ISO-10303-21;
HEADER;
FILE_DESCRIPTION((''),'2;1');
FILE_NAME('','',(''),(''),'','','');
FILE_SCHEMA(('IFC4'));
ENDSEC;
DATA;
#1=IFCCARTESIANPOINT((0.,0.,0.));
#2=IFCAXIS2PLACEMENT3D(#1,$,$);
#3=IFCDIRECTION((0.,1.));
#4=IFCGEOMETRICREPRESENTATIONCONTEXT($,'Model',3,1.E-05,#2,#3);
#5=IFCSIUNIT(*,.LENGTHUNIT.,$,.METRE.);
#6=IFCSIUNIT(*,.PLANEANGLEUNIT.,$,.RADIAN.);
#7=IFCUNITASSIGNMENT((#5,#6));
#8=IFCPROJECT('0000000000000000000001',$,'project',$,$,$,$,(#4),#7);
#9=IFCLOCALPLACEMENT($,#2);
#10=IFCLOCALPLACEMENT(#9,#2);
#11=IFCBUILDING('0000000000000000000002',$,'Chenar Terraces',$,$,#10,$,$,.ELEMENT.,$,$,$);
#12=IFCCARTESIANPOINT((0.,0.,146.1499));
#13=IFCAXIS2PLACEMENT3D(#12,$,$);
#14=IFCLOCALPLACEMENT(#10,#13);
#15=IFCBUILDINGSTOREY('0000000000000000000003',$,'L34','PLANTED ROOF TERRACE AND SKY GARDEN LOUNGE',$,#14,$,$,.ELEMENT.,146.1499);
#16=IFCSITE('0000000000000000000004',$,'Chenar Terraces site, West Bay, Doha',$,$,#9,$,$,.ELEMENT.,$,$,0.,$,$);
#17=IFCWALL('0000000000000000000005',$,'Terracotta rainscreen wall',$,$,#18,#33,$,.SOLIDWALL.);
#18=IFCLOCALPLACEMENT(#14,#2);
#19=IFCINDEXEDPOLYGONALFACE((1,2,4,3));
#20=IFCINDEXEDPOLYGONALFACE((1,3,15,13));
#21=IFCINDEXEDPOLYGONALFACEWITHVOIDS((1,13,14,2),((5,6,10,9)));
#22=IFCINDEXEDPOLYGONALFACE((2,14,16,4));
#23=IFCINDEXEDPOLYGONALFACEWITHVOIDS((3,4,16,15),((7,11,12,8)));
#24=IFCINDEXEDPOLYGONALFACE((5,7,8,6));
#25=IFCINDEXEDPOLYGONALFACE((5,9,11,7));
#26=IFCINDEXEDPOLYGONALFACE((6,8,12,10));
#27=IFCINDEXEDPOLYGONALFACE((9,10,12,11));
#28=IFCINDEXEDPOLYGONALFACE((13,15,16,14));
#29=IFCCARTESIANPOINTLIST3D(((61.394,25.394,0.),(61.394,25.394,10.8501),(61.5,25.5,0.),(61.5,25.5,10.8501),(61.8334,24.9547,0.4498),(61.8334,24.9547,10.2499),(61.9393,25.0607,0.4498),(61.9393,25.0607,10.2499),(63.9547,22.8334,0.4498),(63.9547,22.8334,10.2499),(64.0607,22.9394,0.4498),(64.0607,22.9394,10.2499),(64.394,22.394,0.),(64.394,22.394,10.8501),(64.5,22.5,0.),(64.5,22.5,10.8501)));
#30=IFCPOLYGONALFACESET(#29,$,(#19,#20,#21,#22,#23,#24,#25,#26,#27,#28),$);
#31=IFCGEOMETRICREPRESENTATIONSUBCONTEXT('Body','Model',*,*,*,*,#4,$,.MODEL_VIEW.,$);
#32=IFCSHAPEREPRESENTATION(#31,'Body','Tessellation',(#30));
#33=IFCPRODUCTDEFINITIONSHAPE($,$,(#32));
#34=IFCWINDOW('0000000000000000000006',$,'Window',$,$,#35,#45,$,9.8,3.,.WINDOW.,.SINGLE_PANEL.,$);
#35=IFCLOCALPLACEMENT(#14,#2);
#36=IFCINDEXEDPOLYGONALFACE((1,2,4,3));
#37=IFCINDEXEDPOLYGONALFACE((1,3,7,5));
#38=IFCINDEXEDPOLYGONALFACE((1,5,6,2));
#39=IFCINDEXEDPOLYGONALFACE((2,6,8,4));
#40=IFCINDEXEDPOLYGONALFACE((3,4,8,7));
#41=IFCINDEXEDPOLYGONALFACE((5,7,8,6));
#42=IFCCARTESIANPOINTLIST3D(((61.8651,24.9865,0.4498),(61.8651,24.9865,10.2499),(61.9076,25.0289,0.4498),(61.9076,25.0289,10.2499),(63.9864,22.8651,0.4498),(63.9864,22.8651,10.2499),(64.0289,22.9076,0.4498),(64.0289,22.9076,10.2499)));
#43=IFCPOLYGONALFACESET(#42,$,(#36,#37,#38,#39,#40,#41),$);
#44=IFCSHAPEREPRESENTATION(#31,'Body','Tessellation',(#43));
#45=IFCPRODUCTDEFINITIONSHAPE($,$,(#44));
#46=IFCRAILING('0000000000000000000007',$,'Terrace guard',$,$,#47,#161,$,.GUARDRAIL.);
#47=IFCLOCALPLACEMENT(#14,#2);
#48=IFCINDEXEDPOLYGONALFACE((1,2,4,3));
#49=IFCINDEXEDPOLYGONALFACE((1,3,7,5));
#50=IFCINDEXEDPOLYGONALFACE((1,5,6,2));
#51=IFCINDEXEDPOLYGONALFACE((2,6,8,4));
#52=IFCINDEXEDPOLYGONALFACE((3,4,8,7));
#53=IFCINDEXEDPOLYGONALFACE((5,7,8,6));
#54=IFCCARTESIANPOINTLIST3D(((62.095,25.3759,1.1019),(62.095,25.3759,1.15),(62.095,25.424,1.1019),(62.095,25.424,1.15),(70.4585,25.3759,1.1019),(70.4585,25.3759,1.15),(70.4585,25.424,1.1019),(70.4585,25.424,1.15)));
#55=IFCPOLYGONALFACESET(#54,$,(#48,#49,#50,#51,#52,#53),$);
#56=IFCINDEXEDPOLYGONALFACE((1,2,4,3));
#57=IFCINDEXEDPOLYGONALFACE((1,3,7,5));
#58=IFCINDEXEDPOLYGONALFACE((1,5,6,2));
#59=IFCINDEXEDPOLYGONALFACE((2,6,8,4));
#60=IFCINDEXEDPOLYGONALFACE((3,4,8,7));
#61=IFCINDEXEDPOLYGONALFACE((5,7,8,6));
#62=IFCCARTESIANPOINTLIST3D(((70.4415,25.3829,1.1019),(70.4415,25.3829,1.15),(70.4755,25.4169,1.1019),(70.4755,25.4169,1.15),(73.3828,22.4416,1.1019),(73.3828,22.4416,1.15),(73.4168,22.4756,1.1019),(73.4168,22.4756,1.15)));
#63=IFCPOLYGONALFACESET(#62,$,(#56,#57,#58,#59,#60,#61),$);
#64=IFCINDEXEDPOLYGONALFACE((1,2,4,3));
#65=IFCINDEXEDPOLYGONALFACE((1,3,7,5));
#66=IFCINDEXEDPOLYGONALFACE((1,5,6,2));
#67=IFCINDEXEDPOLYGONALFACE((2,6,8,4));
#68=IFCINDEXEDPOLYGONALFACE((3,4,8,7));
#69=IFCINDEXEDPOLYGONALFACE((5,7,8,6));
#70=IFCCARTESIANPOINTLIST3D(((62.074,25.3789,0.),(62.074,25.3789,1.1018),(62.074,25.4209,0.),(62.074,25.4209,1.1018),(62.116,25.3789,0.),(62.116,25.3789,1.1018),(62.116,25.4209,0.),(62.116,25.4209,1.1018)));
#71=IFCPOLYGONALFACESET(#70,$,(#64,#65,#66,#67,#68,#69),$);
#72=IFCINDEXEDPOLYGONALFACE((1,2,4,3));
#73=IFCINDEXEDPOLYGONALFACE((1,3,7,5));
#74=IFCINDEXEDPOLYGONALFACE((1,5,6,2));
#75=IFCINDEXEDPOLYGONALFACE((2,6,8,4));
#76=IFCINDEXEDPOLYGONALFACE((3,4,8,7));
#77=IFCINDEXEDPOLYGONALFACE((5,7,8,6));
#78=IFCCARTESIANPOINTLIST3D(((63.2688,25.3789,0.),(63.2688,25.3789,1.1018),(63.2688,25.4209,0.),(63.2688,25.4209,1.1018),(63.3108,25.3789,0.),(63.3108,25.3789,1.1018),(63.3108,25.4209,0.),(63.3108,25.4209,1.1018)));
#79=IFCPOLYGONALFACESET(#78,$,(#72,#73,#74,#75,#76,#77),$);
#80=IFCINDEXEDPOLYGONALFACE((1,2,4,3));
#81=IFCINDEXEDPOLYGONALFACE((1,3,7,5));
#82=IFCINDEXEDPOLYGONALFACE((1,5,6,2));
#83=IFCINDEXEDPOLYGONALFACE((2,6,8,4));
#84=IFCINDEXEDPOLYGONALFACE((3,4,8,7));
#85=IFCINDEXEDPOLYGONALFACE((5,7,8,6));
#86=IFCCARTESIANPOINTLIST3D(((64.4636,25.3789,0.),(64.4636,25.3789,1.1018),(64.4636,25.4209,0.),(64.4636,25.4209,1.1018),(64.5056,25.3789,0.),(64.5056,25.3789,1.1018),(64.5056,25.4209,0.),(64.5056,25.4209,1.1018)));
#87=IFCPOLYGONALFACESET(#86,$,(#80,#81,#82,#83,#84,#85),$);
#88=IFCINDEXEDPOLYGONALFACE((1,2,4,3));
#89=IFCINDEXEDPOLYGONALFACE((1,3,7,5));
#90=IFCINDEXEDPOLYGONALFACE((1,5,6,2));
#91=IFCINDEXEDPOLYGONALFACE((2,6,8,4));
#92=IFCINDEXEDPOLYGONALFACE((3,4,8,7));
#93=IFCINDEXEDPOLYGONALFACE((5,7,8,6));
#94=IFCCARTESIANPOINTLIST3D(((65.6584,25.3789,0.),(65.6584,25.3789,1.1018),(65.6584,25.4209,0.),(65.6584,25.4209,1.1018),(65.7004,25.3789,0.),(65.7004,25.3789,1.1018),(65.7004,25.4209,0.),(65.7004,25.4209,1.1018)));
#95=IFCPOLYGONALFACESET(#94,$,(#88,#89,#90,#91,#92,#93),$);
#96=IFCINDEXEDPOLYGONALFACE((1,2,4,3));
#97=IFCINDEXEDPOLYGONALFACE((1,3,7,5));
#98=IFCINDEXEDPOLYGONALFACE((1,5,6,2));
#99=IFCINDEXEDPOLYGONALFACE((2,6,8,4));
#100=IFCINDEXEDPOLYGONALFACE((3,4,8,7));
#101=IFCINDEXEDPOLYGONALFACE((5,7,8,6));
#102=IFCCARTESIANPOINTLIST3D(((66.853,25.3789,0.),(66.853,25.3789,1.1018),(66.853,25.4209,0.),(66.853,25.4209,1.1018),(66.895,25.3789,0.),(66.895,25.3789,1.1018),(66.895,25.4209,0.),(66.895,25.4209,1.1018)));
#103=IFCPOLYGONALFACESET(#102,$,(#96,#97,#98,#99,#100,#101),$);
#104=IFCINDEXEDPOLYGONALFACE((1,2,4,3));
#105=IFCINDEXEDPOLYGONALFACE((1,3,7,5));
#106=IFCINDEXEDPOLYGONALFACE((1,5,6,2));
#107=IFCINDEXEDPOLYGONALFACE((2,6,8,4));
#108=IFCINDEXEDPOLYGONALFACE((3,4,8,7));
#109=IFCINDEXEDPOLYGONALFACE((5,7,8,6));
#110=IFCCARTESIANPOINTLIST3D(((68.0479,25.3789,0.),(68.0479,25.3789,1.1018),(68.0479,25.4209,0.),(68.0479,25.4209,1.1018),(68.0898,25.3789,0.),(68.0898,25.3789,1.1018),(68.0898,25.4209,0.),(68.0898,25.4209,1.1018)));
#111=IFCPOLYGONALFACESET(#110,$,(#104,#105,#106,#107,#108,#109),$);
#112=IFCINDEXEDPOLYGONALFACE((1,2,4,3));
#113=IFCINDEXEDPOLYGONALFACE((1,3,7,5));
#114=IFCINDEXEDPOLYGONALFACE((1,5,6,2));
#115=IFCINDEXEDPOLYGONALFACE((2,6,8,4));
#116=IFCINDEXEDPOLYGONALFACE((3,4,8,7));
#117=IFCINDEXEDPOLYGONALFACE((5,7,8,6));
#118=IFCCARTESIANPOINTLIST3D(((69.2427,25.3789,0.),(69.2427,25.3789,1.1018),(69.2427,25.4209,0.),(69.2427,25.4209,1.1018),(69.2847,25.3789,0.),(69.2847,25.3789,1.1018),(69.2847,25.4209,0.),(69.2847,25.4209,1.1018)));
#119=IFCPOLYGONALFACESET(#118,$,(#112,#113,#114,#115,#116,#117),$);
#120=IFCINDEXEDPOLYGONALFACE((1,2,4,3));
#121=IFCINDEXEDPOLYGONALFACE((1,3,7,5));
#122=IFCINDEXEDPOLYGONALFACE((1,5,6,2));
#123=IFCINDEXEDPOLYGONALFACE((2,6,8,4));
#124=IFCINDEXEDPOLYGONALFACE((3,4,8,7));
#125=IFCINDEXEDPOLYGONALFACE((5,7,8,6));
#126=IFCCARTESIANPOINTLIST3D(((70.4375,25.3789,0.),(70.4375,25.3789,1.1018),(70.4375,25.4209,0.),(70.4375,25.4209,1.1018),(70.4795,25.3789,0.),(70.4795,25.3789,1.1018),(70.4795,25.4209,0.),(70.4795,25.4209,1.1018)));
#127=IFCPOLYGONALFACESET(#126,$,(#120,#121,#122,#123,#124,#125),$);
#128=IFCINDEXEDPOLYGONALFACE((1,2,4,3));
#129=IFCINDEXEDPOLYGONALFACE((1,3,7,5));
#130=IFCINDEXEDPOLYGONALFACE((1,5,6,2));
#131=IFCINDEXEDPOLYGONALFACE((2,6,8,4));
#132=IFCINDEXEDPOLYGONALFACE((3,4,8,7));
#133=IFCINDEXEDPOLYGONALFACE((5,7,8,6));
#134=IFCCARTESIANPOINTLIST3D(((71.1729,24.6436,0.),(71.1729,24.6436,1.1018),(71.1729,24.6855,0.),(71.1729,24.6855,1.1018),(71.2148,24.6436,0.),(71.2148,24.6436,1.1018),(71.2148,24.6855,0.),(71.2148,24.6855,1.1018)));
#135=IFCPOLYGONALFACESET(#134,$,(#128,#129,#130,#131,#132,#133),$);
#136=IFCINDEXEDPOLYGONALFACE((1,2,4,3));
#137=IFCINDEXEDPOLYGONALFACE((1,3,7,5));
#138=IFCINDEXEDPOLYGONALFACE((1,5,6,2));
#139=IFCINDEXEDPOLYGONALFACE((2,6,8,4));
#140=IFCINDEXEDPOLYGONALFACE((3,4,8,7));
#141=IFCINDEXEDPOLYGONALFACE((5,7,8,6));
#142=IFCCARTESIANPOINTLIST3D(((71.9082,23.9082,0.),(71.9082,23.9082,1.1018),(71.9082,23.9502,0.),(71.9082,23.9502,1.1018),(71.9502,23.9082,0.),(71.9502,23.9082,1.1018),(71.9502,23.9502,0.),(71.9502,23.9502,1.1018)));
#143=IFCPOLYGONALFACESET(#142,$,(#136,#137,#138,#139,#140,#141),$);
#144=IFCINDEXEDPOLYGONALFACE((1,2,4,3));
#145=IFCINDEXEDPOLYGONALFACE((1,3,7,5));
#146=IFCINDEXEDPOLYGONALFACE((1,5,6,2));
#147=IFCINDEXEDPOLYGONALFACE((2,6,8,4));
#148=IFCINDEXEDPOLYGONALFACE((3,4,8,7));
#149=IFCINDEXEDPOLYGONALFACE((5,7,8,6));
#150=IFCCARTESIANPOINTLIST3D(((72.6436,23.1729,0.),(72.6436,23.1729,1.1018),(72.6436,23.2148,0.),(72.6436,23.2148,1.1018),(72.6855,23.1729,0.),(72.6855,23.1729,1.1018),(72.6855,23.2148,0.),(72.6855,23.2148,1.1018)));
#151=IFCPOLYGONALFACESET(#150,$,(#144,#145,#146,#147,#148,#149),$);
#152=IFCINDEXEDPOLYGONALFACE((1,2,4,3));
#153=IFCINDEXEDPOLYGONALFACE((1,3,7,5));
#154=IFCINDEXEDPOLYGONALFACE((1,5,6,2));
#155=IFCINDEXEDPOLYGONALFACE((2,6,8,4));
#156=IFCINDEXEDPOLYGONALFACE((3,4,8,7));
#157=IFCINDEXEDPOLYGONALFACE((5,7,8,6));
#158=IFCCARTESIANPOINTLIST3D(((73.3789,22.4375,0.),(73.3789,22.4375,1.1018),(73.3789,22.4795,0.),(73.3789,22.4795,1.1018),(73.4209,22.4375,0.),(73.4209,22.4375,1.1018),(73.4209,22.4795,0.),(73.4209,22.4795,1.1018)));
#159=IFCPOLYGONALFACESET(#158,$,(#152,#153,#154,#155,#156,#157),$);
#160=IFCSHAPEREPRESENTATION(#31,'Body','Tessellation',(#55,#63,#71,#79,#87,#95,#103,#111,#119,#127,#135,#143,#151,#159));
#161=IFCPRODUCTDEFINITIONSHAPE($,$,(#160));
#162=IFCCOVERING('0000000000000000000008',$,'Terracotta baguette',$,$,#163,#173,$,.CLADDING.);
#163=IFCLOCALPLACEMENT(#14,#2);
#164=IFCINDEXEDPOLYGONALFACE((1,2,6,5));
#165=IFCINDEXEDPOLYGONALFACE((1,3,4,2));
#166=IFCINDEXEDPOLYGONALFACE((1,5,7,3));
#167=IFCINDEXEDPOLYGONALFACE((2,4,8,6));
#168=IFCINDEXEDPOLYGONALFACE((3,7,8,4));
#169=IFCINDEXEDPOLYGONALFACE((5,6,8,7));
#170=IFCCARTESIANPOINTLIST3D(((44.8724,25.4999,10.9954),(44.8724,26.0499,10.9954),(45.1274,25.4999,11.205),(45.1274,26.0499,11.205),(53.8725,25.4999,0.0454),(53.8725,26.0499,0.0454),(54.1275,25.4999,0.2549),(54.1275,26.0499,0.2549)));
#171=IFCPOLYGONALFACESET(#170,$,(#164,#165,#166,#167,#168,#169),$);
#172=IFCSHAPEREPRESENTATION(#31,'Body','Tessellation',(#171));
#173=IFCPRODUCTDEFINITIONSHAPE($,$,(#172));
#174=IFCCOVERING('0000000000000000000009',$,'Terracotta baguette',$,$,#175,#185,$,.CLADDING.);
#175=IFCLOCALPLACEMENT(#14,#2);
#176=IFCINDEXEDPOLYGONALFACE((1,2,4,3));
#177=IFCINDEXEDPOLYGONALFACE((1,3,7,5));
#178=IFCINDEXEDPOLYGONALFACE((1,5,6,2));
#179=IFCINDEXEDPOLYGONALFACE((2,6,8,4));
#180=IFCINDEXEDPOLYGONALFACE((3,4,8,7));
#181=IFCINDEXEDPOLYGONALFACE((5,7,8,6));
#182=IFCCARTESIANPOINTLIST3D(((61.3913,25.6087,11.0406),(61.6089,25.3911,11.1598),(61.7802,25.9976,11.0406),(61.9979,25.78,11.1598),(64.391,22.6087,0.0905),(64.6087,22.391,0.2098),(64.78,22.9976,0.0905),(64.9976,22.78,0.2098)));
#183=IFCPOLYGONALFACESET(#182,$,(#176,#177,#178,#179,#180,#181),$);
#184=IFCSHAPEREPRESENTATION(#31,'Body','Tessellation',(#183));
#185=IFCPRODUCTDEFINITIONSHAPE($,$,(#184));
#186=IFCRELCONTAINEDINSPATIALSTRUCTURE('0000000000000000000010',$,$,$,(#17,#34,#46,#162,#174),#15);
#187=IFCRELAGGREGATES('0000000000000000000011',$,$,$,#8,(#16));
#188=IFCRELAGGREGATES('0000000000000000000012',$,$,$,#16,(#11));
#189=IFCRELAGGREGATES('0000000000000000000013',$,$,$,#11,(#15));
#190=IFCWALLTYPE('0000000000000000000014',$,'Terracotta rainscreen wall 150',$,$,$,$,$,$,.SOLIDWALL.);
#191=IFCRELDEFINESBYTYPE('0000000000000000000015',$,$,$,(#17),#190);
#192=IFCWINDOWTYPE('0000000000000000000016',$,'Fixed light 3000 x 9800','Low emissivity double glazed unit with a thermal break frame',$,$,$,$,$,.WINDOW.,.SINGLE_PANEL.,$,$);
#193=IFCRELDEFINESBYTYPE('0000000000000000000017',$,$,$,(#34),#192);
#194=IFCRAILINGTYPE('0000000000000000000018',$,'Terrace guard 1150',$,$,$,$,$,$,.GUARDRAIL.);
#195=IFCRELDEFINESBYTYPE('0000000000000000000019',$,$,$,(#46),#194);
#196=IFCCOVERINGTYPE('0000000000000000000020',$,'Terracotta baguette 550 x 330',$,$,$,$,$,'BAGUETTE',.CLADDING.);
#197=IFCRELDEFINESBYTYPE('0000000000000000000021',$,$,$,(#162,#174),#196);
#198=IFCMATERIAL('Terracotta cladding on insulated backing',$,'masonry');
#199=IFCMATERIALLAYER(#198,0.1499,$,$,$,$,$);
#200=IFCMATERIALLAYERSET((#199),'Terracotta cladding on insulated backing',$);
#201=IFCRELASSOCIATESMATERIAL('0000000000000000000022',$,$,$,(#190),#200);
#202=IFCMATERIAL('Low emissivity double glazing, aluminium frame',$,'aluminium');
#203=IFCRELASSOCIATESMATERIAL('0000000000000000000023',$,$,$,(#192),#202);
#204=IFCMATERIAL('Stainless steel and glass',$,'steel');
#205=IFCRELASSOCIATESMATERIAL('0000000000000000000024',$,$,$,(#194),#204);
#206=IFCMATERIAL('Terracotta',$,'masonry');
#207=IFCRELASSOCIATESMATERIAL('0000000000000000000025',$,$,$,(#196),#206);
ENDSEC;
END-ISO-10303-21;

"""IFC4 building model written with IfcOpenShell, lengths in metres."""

from ifc_helpers import new_model, si_unit, direction, frame, frame_2d, origin, origin_2d, place, context, subcontext, project, spatial, rectangle, extrude, material, layer, layer_set, material_profile, profile_set, type_object, element, fill, save


model = new_model("IFC4")

# Units and contexts
model_context = context("Model", 3, precision=1e-05, world=origin(), true_north=direction((0.0, 1.0)))
body_context = subcontext(model_context, "Body", "Model", "MODEL_VIEW")
ifc_project = project(units=[si_unit("LENGTHUNIT", "METRE"), si_unit("PLANEANGLEUNIT", "RADIAN")], contexts=[model_context])

# Site, building, storey
site_placement = place(None, origin())
site = spatial("IfcSite", under=ifc_project, at=site_placement, Name="Chenar Terraces site, West Bay, Doha", CompositionType="ELEMENT", RefElevation=0.0)
building_placement = place(site_placement, origin())
building = spatial("IfcBuilding", under=site, at=building_placement, Name="Chenar Terraces", CompositionType="ELEMENT")
storey_placement = place(building_placement, frame((0.0, 0.0, 146.1499)))
storey = spatial("IfcBuildingStorey", under=building, at=storey_placement, Name="L34", Description="PLANTED ROOF TERRACE AND SKY GARDEN LOUNGE", CompositionType="ELEMENT", Elevation=146.1499)

# Wall, opening, window
ifc_material_1 = material(Name="Terracotta cladding on insulated backing", Category="masonry")
ifc_layer_1 = layer(ifc_material_1, 0.1499)
ifc_layer_set_1 = layer_set([ifc_layer_1], Name="Terracotta cladding on insulated backing")
wall_type_1 = type_object("IfcWallType", Name="Terracotta rainscreen wall 150", PredefinedType="SOLIDWALL", material=ifc_layer_set_1)
wall_1_placement = place(storey_placement, frame((64.447, 22.447, 0.0), z_axis=(0.0, 0.0, 1.0), x_axis=(-0.707107, 0.707107, 0.0)))
wall_1 = element("IfcWall", 1, at=wall_1_placement, inside=storey, type_object=wall_type_1, Name="Terracotta rainscreen wall", PredefinedType="SOLIDWALL", context=body_context, shape_type="SweptSolid", body=[
    extrude(rectangle(XDim=4.2427, YDim=0.1499, at=frame_2d((2.1213, 0.0))), origin(), (0.0, 0.0, 1.0), 10.8501),
])
opening_placement = place(wall_1_placement, frame((0.6213, 0.0, 0.45)))
opening = element("IfcOpeningElement", 2, at=opening_placement, cuts=wall_1, PredefinedType="OPENING", context=body_context, shape_type="SweptSolid", body=[
    extrude(rectangle(XDim=3.0, YDim=9.8, at=frame_2d((1.5, 4.8999))), frame((0.0, 0.085, 0.0), z_axis=(0.0, -1.0, 0.0), x_axis=(1.0, 0.0, 0.0)), (0.0, 0.0, 1.0), 0.1699),
])
ifc_material_2 = material(Name="Low emissivity double glazing, aluminium frame", Category="aluminium")
window_type = type_object("IfcWindowType", Name="Fixed light 3000 x 9800", Description="Low emissivity double glazed unit with a thermal break frame", PartitioningType="SINGLE_PANEL", PredefinedType="WINDOW", material=ifc_material_2)
window_placement = place(opening_placement, origin())
window = element("IfcWindow", 3, at=window_placement, inside=storey, type_object=window_type, Name="Window", OverallHeight=9.8, OverallWidth=3.0, PartitioningType="SINGLE_PANEL", PredefinedType="WINDOW", context=body_context, shape_type="SweptSolid", body=[
    extrude(rectangle(XDim=3.0, YDim=9.8, at=frame_2d((1.5, 4.8999))), frame((0.0, 0.03, 0.0), z_axis=(0.0, -1.0, 0.0), x_axis=(1.0, 0.0, 0.0)), (0.0, 0.0, 1.0), 0.0601),
])
fill(opening, window)

# Railing
ifc_material_3 = material(Name="Stainless steel and glass", Category="steel")
railing_type = type_object("IfcRailingType", Name="Terrace guard 1150", PredefinedType="GUARDRAIL", material=ifc_material_3)
railing_1_placement = place(storey_placement, frame((62.095, 25.3999, 0.0)))
element("IfcRailing", 4, at=railing_1_placement, inside=storey, type_object=railing_type, Name="Terrace guard", PredefinedType="GUARDRAIL", context=body_context, shape_type="SweptSolid", body=[
    extrude(rectangle(XDim=0.0481, YDim=0.0481, at=origin_2d()), frame((0.0, 0.0, 1.126), z_axis=(1.0, 0.0, 0.0), x_axis=(0.0, 1.0, 0.0)), (0.0, 0.0, 1.0), 8.3635),
    extrude(rectangle(XDim=0.0481, YDim=0.0481, at=origin_2d()), frame((8.3635, 0.0, 1.126), z_axis=(0.707107, -0.707107, 0.0), x_axis=(0.707107, 0.707107, 0.0)), (0.0, 0.0, 1.0), 4.1597),
    extrude(rectangle(XDim=0.042, YDim=0.042, at=origin_2d()), origin(), (0.0, 0.0, 1.0), 1.1018),
    extrude(rectangle(XDim=0.042, YDim=0.042, at=origin_2d()), frame((1.1948, 0.0, 0.0)), (0.0, 0.0, 1.0), 1.1018),
    extrude(rectangle(XDim=0.042, YDim=0.042, at=origin_2d()), frame((2.3896, 0.0, 0.0)), (0.0, 0.0, 1.0), 1.1018),
    extrude(rectangle(XDim=0.042, YDim=0.042, at=origin_2d()), frame((3.5845, 0.0, 0.0)), (0.0, 0.0, 1.0), 1.1018),
    extrude(rectangle(XDim=0.042, YDim=0.042, at=origin_2d()), frame((4.7791, 0.0, 0.0)), (0.0, 0.0, 1.0), 1.1018),
    extrude(rectangle(XDim=0.042, YDim=0.042, at=origin_2d()), frame((5.9739, 0.0, 0.0)), (0.0, 0.0, 1.0), 1.1018),
    extrude(rectangle(XDim=0.042, YDim=0.042, at=origin_2d()), frame((7.1687, 0.0, 0.0)), (0.0, 0.0, 1.0), 1.1018),
    extrude(rectangle(XDim=0.042, YDim=0.042, at=origin_2d()), frame((8.3635, 0.0, 0.0)), (0.0, 0.0, 1.0), 1.1018),
    extrude(rectangle(XDim=0.042, YDim=0.042, at=origin_2d()), frame((9.0989, -0.7354, 0.0)), (0.0, 0.0, 1.0), 1.1018),
    extrude(rectangle(XDim=0.042, YDim=0.042, at=origin_2d()), frame((9.8342, -1.4707, 0.0)), (0.0, 0.0, 1.0), 1.1018),
    extrude(rectangle(XDim=0.042, YDim=0.042, at=origin_2d()), frame((10.5696, -2.2061, 0.0)), (0.0, 0.0, 1.0), 1.1018),
    extrude(rectangle(XDim=0.042, YDim=0.042, at=origin_2d()), frame((11.3049, -2.9414, 0.0)), (0.0, 0.0, 1.0), 1.1018),
])

# Coverings
ifc_material_4 = material(Name="Terracotta", Category="masonry")
ifc_material_profile_1 = material_profile(ifc_material_4, rectangle(XDim=0.55, YDim=0.3301, at=origin_2d()), Name="Terracotta baguette 550 x 330")
ifc_profile_set_1 = profile_set([ifc_material_profile_1], Name="Terracotta")
covering_type = type_object("IfcCoveringType", Name="Terracotta baguette 550 x 330", ElementType="BAGUETTE", PredefinedType="CLADDING", material=ifc_profile_set_1)
covering_1_placement = place(storey_placement, frame((54.0, 25.7749, 0.1501), z_axis=(-0.634967, 0.0, 0.772539), x_axis=(0.0, -1.0, 0.0)))
element("IfcCovering", 5, at=covering_1_placement, inside=storey, type_object=covering_type, Name="Terracotta baguette", PredefinedType="CLADDING", context=body_context, shape_type="SweptSolid", body=[
    extrude(rectangle(XDim=0.55, YDim=0.3301, at=origin_2d()), origin(), (0.0, 0.0, 1.0), 14.1741),
])
covering_2_placement = place(storey_placement, frame((64.6943, 22.6943, 0.1501), z_axis=(-0.255449, 0.25547, 0.93246), x_axis=(-0.707136, -0.707078, 0.0)))
element("IfcCovering", 6, at=covering_2_placement, inside=storey, type_object=covering_type, Name="Terracotta baguette", PredefinedType="CLADDING", context=body_context, shape_type="SweptSolid", body=[
    extrude(rectangle(XDim=0.55, YDim=0.3301, at=origin_2d()), origin(), (0.0, 0.0, 1.0), 11.7432),
])

save(model, "model.ifc")
